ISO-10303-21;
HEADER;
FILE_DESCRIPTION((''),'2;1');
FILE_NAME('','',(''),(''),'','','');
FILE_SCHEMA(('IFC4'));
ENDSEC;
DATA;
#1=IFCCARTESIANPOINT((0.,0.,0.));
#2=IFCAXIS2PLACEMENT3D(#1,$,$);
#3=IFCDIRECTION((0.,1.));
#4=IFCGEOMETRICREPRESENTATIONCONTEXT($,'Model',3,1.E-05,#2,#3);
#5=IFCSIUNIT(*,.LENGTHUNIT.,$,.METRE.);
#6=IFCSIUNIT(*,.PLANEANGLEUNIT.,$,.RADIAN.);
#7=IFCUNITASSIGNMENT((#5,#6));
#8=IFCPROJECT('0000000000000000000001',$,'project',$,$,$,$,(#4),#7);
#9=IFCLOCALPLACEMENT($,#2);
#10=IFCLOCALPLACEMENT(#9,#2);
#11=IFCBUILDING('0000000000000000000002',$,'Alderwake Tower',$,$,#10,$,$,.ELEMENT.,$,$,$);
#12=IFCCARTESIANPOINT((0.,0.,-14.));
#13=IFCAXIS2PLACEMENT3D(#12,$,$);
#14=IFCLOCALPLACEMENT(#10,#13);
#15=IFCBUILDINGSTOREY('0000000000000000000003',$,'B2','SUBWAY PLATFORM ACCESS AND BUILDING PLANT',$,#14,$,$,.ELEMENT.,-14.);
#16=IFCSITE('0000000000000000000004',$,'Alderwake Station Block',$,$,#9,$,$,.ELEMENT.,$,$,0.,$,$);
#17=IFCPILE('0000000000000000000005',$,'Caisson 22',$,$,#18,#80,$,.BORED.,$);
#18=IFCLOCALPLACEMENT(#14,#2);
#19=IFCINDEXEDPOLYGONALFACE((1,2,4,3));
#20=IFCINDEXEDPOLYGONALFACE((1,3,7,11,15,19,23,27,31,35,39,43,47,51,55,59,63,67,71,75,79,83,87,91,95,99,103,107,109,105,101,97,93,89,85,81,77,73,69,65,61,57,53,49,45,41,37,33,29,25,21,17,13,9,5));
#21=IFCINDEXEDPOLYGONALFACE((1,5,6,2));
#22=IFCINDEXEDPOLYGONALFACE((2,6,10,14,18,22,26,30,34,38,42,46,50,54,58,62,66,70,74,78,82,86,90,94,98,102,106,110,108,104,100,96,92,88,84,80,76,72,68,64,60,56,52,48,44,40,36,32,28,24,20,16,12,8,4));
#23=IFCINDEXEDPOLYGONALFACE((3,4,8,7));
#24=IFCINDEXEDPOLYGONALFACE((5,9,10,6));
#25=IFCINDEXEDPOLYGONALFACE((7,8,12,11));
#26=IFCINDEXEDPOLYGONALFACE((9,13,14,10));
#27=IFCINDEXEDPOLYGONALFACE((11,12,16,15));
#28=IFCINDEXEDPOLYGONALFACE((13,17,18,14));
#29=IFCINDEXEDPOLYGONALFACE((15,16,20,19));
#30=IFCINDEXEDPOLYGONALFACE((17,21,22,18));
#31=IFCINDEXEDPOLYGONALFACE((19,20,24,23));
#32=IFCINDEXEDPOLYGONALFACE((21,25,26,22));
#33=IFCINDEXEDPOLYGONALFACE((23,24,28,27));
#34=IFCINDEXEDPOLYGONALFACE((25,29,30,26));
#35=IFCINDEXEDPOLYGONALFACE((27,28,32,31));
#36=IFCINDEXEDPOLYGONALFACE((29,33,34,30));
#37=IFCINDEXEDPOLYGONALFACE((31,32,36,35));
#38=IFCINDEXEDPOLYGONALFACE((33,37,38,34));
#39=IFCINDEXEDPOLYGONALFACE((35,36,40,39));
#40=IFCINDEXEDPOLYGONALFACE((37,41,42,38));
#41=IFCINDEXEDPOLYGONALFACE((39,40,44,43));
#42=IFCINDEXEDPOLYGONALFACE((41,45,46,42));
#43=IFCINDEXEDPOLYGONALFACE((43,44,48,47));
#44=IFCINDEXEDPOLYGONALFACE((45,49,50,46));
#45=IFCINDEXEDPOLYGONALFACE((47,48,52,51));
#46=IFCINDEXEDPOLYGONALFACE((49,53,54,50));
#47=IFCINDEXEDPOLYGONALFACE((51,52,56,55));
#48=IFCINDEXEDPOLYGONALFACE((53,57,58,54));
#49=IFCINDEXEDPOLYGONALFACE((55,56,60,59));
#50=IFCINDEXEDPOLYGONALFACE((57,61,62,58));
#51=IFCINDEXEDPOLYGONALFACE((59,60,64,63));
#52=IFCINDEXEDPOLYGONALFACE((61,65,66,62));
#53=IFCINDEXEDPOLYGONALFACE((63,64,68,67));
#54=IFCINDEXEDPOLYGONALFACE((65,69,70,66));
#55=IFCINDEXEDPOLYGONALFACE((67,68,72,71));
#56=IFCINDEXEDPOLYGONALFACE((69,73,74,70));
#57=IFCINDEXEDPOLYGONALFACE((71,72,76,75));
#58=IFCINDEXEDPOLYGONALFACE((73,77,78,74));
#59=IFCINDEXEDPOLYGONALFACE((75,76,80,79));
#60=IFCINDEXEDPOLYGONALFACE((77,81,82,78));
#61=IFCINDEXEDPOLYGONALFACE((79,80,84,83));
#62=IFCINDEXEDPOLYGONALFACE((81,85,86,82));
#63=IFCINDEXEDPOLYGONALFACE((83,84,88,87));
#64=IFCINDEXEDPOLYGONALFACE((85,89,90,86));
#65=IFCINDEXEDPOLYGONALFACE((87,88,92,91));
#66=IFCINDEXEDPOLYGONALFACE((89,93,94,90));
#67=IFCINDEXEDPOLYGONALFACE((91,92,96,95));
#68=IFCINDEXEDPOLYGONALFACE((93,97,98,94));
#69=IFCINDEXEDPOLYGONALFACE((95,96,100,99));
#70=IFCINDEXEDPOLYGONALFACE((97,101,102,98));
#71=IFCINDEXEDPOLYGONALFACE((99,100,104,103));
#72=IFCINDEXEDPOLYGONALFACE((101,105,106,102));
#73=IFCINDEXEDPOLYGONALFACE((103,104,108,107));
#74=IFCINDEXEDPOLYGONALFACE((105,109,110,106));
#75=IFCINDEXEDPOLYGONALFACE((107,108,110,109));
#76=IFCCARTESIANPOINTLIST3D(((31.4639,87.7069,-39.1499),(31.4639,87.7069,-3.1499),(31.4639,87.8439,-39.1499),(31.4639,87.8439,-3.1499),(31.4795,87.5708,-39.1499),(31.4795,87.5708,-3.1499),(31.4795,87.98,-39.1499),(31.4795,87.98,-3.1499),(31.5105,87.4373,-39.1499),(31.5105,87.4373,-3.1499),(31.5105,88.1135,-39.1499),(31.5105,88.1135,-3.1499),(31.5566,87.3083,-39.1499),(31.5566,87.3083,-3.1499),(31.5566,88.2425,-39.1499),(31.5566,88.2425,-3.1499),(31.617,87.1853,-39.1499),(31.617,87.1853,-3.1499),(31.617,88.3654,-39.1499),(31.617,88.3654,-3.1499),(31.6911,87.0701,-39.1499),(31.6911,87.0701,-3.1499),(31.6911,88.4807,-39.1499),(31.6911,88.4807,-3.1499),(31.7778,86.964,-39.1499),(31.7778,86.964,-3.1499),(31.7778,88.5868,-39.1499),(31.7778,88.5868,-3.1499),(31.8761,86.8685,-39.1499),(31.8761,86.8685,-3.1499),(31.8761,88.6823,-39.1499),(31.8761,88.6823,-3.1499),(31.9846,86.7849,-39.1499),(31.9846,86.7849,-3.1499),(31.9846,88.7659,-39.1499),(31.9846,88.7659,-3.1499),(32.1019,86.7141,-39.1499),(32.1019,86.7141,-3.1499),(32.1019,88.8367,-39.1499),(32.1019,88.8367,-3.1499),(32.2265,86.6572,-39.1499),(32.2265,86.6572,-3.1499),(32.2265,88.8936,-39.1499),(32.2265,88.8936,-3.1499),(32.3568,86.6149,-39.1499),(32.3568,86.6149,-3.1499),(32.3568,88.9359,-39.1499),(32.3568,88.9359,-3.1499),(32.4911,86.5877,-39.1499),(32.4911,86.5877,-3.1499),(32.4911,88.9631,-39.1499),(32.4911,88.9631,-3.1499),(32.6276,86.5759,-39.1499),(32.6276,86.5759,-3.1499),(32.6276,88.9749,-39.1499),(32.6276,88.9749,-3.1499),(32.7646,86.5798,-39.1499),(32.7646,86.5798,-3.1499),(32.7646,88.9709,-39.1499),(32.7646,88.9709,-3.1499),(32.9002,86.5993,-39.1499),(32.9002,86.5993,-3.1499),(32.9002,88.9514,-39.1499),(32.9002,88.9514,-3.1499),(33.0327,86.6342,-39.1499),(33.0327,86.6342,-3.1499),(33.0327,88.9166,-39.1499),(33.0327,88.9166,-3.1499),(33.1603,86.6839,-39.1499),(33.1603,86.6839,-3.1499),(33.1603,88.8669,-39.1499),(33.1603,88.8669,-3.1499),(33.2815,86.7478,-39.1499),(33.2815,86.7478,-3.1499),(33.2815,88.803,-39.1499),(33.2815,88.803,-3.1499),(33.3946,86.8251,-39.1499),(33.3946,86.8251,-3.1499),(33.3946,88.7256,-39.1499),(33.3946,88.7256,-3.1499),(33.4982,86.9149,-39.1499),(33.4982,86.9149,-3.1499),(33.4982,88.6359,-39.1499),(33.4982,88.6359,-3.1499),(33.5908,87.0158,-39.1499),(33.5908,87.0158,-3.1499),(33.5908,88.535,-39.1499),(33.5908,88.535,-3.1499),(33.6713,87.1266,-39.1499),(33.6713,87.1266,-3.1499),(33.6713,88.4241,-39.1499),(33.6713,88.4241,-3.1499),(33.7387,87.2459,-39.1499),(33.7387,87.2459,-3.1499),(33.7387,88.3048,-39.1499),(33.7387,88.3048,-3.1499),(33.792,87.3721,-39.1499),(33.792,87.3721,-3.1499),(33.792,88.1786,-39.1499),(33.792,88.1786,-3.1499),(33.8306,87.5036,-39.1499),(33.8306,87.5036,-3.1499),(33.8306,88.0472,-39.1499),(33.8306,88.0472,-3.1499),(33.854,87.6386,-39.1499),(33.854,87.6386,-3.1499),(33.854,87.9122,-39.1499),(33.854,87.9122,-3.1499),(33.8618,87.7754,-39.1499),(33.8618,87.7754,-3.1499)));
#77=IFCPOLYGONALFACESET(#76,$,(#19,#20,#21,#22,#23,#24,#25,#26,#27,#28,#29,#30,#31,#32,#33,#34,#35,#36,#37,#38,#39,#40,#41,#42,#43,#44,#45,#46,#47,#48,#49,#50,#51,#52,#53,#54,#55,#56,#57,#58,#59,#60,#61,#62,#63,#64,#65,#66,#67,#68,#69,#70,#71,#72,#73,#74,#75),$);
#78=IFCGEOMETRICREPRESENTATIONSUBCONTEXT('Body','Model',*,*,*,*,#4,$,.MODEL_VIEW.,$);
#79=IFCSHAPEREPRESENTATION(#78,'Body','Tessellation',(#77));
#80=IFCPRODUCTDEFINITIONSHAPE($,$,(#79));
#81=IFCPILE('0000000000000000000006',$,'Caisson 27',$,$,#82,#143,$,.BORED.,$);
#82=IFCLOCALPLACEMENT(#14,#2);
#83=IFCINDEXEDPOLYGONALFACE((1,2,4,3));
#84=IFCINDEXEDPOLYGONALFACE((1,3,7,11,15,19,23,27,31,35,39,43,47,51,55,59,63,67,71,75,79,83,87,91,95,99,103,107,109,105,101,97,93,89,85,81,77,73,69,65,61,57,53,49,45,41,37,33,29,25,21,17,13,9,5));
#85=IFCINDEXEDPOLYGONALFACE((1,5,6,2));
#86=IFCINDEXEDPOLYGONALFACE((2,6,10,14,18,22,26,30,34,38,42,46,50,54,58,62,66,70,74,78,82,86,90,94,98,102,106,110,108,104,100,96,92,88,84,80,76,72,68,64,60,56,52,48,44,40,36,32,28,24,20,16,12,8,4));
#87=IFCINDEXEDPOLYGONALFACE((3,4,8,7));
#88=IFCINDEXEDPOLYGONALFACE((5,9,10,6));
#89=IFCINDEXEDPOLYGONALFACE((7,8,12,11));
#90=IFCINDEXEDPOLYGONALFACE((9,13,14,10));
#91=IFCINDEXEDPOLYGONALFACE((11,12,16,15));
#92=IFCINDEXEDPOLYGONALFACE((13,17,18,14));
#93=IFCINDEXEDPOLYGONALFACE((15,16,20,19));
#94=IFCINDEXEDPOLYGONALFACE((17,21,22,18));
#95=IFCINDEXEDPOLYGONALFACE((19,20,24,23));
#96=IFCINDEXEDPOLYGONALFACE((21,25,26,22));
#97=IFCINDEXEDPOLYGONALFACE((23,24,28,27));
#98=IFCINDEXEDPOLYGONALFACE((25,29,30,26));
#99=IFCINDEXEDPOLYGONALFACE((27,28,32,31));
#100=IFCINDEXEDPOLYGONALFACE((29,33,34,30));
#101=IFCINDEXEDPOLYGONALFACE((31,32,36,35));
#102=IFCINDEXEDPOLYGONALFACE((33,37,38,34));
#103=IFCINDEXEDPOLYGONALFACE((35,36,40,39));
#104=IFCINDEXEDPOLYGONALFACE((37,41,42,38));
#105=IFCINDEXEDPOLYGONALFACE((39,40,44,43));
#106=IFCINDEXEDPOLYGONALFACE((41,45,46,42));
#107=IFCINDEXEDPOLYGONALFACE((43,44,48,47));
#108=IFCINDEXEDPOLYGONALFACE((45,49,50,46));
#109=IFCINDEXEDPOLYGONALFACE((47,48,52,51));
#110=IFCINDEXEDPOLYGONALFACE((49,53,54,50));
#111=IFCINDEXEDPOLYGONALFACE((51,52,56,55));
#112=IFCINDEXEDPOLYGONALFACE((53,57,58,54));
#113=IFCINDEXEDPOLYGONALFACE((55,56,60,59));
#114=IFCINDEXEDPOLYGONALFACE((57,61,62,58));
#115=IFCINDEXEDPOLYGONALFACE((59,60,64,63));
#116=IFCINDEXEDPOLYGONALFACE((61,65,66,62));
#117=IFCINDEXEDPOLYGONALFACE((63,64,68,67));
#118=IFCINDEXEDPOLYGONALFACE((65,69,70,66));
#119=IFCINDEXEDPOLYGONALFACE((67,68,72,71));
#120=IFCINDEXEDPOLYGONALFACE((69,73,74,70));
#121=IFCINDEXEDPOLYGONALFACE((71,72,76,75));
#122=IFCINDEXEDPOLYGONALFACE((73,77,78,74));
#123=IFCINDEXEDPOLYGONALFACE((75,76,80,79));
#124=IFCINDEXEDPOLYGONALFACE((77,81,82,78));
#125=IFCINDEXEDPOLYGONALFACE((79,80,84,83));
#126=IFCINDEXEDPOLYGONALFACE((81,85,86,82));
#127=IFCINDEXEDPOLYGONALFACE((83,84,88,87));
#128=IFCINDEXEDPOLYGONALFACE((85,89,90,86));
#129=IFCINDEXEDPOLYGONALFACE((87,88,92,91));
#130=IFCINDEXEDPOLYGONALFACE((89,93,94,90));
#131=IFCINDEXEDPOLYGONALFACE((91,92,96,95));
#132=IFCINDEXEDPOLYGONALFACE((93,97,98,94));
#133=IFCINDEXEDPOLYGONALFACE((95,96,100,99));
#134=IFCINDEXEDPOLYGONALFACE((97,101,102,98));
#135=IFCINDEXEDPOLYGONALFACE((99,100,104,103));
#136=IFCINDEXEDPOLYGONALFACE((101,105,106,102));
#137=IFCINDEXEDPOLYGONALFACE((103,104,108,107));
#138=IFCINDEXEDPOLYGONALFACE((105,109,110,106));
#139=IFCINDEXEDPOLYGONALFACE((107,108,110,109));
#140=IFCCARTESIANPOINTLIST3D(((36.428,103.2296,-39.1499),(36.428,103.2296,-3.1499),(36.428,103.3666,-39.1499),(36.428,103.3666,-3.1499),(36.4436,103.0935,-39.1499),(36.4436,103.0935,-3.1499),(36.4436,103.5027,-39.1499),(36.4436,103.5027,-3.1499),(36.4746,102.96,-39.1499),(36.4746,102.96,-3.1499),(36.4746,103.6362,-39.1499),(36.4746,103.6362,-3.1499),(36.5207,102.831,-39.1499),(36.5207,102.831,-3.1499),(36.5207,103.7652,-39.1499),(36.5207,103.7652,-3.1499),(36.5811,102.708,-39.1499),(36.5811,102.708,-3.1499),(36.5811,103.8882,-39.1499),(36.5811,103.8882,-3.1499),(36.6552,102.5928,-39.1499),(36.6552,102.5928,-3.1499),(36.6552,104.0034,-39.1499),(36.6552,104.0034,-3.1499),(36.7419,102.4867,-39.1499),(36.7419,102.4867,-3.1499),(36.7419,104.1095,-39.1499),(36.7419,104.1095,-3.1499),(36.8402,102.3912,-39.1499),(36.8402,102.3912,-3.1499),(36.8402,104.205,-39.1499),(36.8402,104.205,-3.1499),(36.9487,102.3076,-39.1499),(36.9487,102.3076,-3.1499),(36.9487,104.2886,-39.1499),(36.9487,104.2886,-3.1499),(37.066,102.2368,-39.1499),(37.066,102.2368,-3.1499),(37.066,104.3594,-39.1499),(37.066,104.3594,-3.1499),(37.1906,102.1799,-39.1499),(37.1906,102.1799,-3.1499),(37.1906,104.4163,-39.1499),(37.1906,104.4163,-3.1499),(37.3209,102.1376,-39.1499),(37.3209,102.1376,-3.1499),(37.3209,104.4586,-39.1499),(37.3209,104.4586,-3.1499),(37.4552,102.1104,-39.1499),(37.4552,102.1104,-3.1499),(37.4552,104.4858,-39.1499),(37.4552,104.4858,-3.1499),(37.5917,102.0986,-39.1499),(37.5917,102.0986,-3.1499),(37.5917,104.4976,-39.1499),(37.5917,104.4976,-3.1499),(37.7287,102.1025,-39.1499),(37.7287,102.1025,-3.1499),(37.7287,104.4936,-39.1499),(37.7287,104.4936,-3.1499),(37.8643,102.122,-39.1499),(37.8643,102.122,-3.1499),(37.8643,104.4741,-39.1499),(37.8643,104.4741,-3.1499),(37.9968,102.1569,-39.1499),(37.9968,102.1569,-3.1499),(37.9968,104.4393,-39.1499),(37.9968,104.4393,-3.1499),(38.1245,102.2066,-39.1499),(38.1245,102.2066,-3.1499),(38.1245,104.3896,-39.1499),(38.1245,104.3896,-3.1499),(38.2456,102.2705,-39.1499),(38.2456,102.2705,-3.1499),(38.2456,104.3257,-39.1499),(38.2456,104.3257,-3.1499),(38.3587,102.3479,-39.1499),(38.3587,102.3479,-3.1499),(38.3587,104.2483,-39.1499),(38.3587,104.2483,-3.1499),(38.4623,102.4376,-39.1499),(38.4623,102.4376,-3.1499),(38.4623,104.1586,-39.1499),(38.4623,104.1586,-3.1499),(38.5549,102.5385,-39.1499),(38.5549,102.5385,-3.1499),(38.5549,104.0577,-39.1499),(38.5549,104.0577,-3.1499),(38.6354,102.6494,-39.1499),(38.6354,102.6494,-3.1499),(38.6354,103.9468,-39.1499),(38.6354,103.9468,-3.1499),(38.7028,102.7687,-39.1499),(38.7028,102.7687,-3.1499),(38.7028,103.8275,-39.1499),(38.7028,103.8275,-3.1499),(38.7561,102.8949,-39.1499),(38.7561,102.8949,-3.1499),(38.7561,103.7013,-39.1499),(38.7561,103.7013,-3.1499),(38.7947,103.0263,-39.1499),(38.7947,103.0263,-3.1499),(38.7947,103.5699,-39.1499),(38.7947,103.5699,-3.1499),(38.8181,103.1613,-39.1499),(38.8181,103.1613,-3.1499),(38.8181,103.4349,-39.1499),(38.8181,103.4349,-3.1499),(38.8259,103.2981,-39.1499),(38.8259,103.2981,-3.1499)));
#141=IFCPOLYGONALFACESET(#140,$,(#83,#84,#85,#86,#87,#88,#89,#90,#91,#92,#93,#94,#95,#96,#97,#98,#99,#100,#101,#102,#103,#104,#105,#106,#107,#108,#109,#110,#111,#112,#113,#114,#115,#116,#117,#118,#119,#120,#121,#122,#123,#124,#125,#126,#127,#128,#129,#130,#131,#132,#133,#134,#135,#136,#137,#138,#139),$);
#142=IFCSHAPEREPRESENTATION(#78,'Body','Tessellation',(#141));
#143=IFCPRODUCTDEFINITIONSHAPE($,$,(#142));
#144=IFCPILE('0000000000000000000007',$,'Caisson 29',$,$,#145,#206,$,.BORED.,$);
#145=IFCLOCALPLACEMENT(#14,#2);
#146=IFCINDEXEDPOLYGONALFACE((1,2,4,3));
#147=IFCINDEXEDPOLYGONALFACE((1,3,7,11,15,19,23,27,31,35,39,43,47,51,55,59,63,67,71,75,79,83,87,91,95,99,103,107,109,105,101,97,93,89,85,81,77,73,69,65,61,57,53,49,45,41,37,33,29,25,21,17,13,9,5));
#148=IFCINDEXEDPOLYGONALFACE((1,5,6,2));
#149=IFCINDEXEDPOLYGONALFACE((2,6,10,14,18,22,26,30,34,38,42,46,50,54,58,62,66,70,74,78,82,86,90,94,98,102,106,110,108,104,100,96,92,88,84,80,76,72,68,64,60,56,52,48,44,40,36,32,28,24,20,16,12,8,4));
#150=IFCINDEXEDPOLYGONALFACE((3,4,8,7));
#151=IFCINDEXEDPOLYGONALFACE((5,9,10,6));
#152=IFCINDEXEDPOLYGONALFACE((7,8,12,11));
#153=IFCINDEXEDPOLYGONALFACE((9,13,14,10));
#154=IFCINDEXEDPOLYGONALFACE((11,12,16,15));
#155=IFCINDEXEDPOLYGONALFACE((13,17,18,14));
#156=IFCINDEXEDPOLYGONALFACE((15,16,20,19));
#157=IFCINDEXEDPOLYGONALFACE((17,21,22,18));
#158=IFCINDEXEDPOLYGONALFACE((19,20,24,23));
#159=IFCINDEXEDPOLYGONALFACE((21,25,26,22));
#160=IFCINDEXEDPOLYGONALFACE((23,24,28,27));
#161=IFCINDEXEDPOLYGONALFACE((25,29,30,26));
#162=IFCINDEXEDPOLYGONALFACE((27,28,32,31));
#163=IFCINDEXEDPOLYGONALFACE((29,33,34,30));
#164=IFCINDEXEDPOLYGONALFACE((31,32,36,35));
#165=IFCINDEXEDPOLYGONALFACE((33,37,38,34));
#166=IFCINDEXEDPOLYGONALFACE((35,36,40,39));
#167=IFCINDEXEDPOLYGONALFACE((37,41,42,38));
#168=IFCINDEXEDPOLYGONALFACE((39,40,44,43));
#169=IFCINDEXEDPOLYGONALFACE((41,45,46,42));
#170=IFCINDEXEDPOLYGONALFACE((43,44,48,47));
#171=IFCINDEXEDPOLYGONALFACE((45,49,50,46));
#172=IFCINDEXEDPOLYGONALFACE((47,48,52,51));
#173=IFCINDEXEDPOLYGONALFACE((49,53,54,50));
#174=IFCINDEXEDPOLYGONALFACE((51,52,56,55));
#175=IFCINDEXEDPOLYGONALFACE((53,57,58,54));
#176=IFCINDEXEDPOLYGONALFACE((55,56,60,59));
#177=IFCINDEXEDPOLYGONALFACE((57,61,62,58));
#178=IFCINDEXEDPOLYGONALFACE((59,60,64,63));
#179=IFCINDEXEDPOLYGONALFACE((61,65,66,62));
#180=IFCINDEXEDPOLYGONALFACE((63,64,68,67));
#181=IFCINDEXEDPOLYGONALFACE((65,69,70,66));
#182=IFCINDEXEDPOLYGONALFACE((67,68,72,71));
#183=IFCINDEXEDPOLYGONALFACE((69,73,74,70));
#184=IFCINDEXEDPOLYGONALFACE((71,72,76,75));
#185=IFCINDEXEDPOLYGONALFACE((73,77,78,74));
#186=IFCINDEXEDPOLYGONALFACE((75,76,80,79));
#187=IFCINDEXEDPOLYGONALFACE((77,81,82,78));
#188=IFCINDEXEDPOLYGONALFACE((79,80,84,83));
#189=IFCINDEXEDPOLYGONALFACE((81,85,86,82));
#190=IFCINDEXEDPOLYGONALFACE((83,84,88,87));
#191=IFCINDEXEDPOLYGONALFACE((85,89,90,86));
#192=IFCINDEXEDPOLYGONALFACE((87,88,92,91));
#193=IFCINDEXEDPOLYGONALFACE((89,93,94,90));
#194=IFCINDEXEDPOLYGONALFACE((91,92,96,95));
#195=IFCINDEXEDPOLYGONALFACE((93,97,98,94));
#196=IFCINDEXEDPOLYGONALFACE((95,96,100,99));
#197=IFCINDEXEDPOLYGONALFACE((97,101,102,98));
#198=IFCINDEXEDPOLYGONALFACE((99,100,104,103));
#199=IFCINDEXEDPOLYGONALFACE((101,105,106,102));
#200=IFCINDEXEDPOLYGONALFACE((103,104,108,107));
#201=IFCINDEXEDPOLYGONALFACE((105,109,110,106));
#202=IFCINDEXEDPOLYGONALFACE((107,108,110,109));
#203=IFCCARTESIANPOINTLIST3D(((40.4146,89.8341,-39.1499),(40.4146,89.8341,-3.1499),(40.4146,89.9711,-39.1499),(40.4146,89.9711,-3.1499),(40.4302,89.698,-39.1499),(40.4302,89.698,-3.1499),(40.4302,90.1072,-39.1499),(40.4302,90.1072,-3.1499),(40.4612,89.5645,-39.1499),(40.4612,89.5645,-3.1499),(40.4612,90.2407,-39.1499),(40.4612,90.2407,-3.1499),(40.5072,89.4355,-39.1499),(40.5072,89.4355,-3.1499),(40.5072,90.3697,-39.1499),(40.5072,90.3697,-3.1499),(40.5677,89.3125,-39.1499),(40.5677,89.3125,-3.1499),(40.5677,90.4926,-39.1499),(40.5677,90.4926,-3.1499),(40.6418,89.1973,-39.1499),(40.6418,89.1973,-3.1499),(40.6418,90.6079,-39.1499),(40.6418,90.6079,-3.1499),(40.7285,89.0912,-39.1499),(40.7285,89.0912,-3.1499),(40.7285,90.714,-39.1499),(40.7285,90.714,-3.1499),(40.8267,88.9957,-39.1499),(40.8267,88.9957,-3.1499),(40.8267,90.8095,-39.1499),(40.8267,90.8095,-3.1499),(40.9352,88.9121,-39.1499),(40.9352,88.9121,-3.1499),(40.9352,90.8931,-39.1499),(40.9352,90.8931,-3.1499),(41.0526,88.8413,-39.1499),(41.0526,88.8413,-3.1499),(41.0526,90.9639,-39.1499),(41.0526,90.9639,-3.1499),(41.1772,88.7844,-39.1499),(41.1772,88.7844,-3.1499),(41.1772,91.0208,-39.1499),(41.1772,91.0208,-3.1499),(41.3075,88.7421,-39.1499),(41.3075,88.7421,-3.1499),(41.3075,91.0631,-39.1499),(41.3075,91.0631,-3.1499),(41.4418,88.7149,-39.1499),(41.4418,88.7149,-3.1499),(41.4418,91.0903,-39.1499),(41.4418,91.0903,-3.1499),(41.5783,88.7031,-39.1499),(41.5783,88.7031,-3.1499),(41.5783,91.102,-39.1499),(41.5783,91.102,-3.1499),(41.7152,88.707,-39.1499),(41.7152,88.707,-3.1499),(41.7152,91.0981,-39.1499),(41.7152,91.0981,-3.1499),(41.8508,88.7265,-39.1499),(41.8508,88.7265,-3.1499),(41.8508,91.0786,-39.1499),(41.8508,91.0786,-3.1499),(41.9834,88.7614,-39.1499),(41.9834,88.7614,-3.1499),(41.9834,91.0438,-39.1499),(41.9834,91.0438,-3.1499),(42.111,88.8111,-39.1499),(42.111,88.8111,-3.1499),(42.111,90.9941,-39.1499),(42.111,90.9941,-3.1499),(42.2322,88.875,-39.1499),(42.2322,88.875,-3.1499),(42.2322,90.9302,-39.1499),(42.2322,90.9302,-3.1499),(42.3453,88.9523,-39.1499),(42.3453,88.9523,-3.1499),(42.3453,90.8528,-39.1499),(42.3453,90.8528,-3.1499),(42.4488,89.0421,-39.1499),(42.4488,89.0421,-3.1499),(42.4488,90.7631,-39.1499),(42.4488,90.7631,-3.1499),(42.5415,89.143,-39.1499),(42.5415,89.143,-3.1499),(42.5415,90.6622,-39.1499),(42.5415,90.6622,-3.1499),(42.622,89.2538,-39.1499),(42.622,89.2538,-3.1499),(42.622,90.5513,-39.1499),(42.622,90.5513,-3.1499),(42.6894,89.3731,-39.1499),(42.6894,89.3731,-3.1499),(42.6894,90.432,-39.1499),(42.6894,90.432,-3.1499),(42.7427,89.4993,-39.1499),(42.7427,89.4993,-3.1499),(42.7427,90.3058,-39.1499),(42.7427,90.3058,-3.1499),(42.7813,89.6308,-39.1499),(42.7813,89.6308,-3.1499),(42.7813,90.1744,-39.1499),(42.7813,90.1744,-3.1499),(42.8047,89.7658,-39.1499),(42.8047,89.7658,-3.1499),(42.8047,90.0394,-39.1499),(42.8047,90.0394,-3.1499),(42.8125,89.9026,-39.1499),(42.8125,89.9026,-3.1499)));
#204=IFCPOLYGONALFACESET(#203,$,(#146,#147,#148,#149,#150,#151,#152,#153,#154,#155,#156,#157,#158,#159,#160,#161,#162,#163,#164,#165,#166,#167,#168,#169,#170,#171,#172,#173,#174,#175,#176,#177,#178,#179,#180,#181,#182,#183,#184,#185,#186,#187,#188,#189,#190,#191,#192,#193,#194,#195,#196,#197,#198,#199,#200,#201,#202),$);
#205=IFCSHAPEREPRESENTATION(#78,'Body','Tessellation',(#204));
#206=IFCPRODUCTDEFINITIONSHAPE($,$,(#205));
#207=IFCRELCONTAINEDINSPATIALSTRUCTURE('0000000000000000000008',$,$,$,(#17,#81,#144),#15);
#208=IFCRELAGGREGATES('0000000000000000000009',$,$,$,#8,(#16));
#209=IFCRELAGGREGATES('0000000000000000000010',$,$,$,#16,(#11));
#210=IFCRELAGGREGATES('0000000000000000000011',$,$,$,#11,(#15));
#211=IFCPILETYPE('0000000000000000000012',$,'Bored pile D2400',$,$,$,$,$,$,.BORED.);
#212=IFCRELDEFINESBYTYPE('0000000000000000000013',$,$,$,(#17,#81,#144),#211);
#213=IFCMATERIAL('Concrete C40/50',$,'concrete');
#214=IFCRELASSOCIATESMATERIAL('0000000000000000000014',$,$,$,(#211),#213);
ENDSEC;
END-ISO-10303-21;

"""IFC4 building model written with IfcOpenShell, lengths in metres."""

from ifc_helpers import new_model, si_unit, direction, frame, origin, origin_2d, place, context, subcontext, project, spatial, circle, extrude, material, material_profile, profile_set, type_object, element, save


model = new_model("IFC4")

# Units and contexts
model_context = context("Model", 3, precision=1e-05, world=origin(), true_north=direction((0.0, 1.0)))
body_context = subcontext(model_context, "Body", "Model", "MODEL_VIEW")
ifc_project = project(units=[si_unit("LENGTHUNIT", "METRE"), si_unit("PLANEANGLEUNIT", "RADIAN")], contexts=[model_context])

# Site, building, storey
site_placement = place(None, origin())
site = spatial("IfcSite", under=ifc_project, at=site_placement, Name="Alderwake Station Block", CompositionType="ELEMENT", RefElevation=0.0)
building_placement = place(site_placement, origin())
building = spatial("IfcBuilding", under=site, at=building_placement, Name="Alderwake Tower", CompositionType="ELEMENT")
storey_placement = place(building_placement, frame((0.0, 0.0, -14.0)))
storey = spatial("IfcBuildingStorey", under=building, at=storey_placement, Name="B2", Description="SUBWAY PLATFORM ACCESS AND BUILDING PLANT", CompositionType="ELEMENT", Elevation=-14.0)

# Piles
ifc_material_1 = material(Name="Concrete C40/50", Category="concrete")
ifc_material_profile_1 = material_profile(ifc_material_1, circle(Radius=1.2, at=origin_2d()), Name="PILE 2400")
ifc_profile_set_1 = profile_set([ifc_material_profile_1], Name="Concrete C40/50")
pile_type_1 = type_object("IfcPileType", Name="Bored pile D2400", PredefinedType="BORED", material=ifc_profile_set_1)
for number, where, z_axis, x_axis, name in (
    (1, (32.6619, 87.7754, -3.1499), (0.0, 0.0, -1.0), (1.0, 0.0, 0.0), "Caisson 22"),
    (2, (37.626, 103.2981, -3.1499), (0.0, 0.0, -1.0), (1.0, 0.0, 0.0), "Caisson 27"),
    (3, (41.6125, 89.9026, -3.1499), (0.0, 0.0, -1.0), (1.0, 0.0, 0.0), "Caisson 29"),
):
    element("IfcPile", number, at=place(storey_placement, frame(where, z_axis=z_axis, x_axis=x_axis)), inside=storey, type_object=pile_type_1, Name=name, PredefinedType="BORED", context=body_context, shape_type="SweptSolid", body=[
        extrude(circle(Radius=1.2, at=origin_2d()), origin(), (0.0, 0.0, 1.0), 36.0),
    ])

save(model, "model.ifc")
